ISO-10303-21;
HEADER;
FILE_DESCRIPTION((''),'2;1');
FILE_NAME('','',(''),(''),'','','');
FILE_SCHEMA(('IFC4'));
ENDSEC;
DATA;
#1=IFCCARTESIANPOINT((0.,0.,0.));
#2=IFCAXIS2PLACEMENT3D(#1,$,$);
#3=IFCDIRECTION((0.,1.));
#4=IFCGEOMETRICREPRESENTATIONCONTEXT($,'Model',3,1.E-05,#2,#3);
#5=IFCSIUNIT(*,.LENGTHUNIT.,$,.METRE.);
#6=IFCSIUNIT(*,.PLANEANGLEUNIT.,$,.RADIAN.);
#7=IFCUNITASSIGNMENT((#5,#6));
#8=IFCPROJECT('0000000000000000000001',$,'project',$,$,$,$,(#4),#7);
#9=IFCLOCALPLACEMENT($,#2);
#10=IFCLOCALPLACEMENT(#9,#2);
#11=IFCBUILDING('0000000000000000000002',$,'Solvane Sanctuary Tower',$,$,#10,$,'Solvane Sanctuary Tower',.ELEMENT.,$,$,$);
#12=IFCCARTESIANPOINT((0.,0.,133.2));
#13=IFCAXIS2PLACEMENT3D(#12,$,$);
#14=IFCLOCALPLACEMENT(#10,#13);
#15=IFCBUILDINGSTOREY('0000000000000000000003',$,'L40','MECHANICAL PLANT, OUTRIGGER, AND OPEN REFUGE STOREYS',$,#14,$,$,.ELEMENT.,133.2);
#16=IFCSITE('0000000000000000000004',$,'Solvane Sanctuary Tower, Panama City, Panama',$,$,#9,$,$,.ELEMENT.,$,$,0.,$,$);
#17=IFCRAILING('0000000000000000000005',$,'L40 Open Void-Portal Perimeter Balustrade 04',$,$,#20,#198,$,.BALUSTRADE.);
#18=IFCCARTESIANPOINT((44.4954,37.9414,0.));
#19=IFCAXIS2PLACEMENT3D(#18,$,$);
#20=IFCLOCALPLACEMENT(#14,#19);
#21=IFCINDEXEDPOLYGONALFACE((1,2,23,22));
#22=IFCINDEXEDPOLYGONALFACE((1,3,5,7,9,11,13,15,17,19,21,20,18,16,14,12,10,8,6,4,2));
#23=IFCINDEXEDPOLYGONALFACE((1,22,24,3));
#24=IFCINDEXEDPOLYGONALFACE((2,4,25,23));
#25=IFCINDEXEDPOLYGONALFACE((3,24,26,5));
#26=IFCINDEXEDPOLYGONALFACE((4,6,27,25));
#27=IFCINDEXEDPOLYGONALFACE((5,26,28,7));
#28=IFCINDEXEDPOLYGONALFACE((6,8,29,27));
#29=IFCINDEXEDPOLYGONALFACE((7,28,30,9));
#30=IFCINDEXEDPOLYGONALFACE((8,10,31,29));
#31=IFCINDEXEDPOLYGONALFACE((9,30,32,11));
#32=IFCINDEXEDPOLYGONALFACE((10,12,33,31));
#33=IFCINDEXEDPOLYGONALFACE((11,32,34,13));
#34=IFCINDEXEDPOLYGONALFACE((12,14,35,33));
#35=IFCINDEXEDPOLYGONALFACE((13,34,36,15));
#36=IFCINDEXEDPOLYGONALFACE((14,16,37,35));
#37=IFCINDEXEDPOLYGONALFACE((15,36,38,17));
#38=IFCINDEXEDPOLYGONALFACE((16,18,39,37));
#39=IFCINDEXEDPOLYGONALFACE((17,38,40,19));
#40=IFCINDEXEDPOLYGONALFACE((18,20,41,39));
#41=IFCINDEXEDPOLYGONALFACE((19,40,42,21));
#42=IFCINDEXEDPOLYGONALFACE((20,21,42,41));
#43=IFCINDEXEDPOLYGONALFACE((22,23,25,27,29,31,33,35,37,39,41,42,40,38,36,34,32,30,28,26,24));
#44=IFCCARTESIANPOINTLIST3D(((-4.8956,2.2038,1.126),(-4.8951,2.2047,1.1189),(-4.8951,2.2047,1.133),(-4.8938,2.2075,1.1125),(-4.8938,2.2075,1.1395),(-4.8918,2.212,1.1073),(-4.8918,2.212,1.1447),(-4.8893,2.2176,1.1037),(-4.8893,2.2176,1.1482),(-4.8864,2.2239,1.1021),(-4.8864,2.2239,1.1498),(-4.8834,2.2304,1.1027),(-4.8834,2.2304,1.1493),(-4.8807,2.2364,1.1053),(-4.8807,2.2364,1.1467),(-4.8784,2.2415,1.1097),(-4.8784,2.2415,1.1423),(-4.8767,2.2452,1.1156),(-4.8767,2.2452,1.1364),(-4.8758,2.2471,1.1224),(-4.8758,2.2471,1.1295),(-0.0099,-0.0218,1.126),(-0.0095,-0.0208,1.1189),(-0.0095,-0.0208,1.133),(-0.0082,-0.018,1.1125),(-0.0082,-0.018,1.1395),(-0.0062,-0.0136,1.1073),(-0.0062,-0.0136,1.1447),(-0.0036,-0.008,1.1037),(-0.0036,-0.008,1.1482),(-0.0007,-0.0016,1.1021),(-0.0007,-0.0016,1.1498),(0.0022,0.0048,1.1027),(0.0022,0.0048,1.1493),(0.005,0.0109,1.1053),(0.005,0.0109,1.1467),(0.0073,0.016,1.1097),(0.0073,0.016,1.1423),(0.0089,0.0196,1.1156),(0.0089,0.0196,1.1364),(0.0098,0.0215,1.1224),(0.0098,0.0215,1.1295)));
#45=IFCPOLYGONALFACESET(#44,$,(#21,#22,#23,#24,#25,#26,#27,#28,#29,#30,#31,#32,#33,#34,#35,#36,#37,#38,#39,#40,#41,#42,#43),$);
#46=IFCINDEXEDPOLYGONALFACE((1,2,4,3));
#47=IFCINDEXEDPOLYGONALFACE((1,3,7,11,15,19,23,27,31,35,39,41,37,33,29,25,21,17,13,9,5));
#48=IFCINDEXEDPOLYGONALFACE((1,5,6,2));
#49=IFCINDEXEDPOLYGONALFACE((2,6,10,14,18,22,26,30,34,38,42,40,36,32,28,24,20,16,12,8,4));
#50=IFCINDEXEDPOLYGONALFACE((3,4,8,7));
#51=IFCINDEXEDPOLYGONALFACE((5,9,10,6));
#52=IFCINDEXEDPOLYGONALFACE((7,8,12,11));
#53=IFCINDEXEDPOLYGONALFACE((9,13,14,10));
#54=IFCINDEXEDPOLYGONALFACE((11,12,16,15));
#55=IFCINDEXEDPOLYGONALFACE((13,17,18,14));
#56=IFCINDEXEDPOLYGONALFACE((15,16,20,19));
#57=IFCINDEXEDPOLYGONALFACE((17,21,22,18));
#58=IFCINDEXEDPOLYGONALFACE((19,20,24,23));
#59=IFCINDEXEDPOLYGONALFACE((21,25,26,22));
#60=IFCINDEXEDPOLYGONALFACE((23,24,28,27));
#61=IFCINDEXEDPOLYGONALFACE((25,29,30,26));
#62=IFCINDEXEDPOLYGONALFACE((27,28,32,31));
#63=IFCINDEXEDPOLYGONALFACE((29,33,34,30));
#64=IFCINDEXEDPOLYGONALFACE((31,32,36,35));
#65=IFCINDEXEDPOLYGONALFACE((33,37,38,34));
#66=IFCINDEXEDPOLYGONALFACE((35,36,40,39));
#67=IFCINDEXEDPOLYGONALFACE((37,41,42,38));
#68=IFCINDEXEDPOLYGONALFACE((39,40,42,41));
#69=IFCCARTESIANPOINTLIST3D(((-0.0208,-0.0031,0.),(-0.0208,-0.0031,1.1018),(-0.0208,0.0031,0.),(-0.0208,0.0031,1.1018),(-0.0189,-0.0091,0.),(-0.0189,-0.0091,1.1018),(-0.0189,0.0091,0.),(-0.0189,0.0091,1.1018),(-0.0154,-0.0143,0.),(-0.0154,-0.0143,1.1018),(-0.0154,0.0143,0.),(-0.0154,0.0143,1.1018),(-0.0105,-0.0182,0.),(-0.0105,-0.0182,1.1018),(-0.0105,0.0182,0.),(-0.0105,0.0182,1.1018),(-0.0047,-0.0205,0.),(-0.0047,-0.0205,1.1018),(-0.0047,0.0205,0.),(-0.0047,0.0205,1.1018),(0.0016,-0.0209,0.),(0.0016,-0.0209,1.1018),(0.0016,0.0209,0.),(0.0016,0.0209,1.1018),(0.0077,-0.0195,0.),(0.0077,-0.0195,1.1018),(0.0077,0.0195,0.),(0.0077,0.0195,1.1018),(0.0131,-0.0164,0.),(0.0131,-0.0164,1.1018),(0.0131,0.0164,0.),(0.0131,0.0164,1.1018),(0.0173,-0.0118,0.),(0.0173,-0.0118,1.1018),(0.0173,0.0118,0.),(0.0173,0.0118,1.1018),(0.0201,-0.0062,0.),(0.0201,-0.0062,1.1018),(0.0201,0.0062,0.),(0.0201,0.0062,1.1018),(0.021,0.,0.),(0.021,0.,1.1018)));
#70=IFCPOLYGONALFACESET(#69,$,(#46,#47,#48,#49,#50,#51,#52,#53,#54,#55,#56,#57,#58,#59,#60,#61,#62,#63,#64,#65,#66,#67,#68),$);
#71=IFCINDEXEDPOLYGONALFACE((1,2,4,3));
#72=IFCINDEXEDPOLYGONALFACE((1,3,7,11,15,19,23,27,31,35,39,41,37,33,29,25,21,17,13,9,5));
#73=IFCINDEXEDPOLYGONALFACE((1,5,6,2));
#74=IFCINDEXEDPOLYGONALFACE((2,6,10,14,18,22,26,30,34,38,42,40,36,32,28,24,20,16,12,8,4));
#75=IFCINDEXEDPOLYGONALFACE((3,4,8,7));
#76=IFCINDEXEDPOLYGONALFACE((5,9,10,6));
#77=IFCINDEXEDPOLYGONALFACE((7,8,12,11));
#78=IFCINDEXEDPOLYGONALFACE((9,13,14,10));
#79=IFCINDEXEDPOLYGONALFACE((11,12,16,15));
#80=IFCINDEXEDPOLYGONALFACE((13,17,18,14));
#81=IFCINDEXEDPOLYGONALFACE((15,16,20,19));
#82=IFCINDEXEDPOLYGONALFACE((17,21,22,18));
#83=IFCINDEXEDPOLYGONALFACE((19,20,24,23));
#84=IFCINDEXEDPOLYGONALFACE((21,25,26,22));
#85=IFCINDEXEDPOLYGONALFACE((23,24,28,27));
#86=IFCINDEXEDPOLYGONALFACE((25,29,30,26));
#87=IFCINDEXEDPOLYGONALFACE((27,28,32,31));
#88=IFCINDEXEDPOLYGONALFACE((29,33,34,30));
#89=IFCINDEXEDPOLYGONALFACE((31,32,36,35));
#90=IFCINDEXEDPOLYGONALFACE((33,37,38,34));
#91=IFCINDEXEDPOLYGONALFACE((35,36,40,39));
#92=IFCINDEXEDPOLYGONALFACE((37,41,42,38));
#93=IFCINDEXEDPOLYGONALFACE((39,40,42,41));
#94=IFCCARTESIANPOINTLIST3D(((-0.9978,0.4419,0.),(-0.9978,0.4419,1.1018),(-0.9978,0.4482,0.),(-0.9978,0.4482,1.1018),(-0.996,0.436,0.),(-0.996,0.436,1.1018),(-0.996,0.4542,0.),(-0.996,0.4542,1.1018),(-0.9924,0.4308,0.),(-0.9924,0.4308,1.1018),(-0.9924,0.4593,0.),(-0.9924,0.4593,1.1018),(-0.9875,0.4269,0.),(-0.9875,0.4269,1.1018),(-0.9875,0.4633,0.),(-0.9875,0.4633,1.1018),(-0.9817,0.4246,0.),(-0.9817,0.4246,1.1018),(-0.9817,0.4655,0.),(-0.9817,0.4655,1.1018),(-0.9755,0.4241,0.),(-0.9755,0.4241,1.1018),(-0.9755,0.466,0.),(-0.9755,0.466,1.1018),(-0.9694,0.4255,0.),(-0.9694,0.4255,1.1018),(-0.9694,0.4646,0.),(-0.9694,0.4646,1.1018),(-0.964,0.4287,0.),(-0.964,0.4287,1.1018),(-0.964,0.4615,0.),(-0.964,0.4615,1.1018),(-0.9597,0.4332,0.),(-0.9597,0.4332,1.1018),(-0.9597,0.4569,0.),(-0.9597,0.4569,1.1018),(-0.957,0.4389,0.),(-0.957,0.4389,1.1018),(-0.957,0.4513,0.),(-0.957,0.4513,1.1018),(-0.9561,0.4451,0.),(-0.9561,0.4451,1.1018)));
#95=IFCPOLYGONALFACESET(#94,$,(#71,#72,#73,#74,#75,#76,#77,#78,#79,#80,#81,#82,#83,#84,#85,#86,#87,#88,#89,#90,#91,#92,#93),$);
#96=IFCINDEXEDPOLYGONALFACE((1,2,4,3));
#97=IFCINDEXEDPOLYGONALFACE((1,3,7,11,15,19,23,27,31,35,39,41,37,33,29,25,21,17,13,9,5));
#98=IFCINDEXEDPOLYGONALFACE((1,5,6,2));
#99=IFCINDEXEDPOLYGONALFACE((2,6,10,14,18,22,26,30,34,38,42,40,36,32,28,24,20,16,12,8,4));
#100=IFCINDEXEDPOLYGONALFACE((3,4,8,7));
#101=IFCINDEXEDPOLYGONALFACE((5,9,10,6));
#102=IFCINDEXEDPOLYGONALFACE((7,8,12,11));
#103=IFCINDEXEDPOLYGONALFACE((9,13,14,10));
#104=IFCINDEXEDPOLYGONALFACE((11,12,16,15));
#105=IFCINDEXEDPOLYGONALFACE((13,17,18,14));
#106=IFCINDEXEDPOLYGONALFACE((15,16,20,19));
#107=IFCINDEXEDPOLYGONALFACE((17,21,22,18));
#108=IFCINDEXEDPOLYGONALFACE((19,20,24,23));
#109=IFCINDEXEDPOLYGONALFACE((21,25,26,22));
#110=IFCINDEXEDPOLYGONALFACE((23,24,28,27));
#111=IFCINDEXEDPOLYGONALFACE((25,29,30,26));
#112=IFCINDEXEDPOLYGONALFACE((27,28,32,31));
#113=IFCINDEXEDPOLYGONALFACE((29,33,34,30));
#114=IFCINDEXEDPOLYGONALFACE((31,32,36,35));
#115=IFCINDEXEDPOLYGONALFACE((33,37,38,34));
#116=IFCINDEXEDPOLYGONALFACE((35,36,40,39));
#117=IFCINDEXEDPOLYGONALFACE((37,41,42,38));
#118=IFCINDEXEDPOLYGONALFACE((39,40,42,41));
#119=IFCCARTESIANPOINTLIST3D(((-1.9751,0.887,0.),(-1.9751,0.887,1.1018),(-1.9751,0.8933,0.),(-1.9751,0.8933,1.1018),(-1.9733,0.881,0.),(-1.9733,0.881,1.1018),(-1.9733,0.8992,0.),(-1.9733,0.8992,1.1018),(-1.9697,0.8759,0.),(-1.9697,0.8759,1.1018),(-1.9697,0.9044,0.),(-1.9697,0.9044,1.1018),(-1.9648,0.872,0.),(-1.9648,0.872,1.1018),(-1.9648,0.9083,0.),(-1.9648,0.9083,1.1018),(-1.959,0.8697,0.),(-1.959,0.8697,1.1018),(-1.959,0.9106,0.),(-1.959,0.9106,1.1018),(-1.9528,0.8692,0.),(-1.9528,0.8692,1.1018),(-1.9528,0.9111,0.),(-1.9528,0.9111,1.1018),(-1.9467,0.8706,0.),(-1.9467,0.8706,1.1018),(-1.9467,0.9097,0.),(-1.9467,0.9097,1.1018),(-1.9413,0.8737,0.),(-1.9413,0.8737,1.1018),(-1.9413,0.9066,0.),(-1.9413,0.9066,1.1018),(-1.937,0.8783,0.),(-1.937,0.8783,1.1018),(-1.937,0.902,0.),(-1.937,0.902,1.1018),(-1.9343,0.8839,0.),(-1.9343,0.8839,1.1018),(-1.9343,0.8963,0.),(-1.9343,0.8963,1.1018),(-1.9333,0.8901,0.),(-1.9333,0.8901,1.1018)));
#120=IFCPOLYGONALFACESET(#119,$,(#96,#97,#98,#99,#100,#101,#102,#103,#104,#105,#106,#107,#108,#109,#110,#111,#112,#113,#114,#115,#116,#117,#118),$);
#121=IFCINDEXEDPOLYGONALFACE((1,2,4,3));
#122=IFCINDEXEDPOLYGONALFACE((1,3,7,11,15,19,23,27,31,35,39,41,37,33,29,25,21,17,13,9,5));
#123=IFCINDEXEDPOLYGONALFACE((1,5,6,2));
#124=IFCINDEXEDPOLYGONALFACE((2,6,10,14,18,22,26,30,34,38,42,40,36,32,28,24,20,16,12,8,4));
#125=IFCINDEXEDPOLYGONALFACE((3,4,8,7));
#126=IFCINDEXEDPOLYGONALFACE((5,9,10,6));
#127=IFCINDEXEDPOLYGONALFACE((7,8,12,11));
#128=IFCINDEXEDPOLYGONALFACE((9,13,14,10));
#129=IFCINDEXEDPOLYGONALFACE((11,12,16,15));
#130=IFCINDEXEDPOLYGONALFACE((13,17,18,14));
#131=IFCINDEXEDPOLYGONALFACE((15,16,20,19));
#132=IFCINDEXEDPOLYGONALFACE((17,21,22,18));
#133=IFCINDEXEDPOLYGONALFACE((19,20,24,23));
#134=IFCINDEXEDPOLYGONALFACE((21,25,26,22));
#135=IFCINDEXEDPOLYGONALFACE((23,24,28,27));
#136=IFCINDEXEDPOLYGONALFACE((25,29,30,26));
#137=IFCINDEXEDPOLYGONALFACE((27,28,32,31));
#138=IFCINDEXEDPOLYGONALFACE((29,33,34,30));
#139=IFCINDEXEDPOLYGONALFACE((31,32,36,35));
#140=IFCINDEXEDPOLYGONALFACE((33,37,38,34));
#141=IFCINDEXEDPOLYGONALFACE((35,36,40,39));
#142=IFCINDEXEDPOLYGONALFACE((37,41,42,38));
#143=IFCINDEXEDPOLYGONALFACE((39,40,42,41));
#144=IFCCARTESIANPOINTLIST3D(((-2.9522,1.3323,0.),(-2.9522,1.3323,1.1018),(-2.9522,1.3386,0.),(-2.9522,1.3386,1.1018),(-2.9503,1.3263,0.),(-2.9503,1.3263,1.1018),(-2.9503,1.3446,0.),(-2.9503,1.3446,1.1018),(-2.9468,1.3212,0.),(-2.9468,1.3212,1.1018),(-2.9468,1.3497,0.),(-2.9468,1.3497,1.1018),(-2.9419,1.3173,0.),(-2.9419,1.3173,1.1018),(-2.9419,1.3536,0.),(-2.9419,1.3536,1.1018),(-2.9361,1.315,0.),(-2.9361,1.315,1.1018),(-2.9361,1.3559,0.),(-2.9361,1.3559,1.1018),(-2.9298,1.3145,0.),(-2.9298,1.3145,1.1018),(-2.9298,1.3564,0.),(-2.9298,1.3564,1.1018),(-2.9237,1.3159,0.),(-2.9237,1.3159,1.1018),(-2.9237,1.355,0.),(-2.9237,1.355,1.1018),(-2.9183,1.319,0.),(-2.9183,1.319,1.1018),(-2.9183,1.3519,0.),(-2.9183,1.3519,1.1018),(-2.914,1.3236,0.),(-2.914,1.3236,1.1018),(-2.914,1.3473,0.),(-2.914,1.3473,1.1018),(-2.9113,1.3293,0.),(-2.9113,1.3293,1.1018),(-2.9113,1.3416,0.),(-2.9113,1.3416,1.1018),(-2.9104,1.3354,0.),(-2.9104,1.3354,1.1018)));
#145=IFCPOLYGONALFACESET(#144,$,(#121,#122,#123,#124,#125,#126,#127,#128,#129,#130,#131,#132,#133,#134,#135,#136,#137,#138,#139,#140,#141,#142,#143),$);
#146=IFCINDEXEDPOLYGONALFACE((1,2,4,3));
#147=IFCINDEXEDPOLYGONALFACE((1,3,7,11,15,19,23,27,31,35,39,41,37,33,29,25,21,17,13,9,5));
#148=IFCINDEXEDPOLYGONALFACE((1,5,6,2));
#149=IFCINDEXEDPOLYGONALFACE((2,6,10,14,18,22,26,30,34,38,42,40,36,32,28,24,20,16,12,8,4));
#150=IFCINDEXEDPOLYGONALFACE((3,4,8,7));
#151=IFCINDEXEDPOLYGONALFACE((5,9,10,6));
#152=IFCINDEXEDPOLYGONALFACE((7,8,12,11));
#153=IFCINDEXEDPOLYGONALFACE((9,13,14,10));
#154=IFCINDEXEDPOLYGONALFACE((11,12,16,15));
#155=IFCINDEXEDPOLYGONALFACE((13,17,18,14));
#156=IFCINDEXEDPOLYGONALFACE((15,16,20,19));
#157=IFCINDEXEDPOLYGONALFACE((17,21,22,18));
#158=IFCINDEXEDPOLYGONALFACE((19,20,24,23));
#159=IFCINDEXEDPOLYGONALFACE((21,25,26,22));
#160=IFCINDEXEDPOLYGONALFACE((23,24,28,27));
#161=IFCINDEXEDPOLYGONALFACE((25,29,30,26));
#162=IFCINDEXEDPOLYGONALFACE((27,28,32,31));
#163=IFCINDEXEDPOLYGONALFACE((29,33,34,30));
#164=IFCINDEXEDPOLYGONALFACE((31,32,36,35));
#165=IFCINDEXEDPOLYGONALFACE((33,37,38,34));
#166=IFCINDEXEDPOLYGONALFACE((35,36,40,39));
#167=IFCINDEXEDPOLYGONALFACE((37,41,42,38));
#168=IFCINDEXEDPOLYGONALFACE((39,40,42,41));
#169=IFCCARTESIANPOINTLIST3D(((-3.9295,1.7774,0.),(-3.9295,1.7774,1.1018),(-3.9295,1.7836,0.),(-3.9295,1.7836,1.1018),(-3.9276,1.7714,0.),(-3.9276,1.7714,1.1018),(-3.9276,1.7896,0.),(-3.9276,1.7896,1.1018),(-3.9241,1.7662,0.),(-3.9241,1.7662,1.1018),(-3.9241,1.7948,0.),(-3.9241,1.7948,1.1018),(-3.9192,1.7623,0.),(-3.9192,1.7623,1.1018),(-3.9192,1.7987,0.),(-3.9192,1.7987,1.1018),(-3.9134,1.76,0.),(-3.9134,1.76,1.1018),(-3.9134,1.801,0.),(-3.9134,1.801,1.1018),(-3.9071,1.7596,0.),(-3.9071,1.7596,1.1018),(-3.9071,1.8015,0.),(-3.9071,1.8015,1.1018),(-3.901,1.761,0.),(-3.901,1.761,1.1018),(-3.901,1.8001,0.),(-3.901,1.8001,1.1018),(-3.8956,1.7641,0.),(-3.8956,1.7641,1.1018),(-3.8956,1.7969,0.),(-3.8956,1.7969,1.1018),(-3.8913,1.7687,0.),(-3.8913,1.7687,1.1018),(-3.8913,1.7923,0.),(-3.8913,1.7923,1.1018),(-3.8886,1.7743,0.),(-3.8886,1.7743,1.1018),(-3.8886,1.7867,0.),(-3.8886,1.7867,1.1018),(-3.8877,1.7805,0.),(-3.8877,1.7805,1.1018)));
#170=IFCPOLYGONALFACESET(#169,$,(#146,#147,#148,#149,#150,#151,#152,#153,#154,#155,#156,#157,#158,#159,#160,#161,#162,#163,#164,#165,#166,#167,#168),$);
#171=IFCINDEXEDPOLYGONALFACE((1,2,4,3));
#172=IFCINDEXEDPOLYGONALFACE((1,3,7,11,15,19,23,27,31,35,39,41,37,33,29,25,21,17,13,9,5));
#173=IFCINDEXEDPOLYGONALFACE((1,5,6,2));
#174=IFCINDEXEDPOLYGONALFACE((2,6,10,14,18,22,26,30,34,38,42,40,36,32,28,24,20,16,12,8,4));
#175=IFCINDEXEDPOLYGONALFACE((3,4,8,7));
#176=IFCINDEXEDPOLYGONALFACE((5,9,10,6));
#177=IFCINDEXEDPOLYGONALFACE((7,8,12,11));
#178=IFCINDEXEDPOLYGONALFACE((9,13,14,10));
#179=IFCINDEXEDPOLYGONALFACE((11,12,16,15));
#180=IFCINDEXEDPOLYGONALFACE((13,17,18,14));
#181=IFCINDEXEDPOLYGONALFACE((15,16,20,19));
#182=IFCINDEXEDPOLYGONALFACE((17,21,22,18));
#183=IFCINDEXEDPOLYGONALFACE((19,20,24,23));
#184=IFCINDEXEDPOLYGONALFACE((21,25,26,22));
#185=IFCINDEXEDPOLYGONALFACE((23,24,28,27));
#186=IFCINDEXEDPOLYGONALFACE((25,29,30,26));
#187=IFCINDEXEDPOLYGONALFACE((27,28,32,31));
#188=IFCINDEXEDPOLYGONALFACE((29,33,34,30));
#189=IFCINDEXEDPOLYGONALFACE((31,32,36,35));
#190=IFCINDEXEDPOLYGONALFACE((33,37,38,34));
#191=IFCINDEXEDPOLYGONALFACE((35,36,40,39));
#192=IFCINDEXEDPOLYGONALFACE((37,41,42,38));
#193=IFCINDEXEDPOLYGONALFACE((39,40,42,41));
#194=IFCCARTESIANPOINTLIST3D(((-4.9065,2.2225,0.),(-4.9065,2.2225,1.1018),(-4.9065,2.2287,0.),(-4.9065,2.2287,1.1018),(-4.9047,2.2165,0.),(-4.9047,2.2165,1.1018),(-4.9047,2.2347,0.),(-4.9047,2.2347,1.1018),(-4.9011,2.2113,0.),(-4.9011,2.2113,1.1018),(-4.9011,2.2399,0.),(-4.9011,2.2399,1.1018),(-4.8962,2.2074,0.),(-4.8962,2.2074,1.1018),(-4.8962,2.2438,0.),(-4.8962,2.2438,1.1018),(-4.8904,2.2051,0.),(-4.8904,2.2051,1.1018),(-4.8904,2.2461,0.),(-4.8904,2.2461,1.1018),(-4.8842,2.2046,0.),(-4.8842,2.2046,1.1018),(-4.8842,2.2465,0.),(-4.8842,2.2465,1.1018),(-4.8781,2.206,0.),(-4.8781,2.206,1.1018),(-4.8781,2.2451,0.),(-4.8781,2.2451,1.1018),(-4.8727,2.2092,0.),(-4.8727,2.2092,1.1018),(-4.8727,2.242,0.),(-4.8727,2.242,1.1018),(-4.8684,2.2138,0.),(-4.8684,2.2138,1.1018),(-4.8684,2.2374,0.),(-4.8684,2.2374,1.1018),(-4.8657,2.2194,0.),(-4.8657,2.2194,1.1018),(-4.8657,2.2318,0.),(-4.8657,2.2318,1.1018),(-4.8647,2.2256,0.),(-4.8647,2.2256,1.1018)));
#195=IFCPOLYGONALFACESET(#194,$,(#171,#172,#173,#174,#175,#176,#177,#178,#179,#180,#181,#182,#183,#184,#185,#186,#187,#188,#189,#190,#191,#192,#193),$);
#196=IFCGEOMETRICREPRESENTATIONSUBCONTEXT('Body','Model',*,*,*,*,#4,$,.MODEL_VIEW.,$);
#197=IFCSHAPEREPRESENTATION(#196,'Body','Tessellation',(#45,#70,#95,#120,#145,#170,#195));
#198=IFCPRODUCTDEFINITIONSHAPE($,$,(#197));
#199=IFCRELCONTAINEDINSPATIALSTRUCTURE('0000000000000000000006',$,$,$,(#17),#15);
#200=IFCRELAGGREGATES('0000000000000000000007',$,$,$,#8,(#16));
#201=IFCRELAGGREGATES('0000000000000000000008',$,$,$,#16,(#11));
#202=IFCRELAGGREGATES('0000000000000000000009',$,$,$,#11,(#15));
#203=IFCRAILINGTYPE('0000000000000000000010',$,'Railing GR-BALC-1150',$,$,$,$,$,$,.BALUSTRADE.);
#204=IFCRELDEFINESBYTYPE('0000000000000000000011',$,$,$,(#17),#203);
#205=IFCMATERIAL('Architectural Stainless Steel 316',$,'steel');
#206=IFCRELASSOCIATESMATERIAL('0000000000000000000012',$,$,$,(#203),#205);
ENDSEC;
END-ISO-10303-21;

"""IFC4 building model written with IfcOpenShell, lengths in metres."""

from ifc_helpers import new_model, si_unit, direction, frame, origin, origin_2d, place, context, subcontext, project, spatial, circle, extrude, material, type_object, element, save


model = new_model("IFC4")

# Units and contexts
model_context = context("Model", 3, precision=1e-05, world=origin(), true_north=direction((0.0, 1.0)))
body_context = subcontext(model_context, "Body", "Model", "MODEL_VIEW")
ifc_project = project(units=[si_unit("LENGTHUNIT", "METRE"), si_unit("PLANEANGLEUNIT", "RADIAN")], contexts=[model_context])

# Site, building, storey
site_placement = place(None, origin())
site = spatial("IfcSite", under=ifc_project, at=site_placement, Name="Solvane Sanctuary Tower, Panama City, Panama", CompositionType="ELEMENT", RefElevation=0.0)
building_placement = place(site_placement, origin())
building = spatial("IfcBuilding", under=site, at=building_placement, Name="Solvane Sanctuary Tower", LongName="Solvane Sanctuary Tower", CompositionType="ELEMENT")
storey_placement = place(building_placement, frame((0.0, 0.0, 133.2)))
storey = spatial("IfcBuildingStorey", under=building, at=storey_placement, Name="L40", Description="MECHANICAL PLANT, OUTRIGGER, AND OPEN REFUGE STOREYS", CompositionType="ELEMENT", Elevation=133.2)

# Shared definitions
ifc_material_1 = material(Name="Architectural Stainless Steel 316", Category="steel")

# Railing
railing_type_1 = type_object("IfcRailingType", Name="Railing GR-BALC-1150", PredefinedType="BALUSTRADE", material=ifc_material_1)
railing_1_placement = place(storey_placement, frame((44.4954, 37.9414, 0.0)))
element("IfcRailing", 1, at=railing_1_placement, inside=storey, type_object=railing_type_1, Name="L40 Open Void-Portal Perimeter Balustrade 04", PredefinedType="BALUSTRADE", context=body_context, shape_type="SweptSolid", body=[
    extrude(circle(Radius=0.0239, at=origin_2d()), frame((0.0, 0.0, 1.126), z_axis=(-0.91003, 0.414543, 0.0), x_axis=(-0.414543, -0.91003, 0.0)), (0.0, 0.0, 1.0), 5.3687),
    extrude(circle(Radius=0.021, at=origin_2d()), origin(), (0.0, 0.0, 1.0), 1.1018),
    extrude(circle(Radius=0.021, at=origin_2d()), frame((-0.9771, 0.4451, 0.0)), (0.0, 0.0, 1.0), 1.1018),
    extrude(circle(Radius=0.021, at=origin_2d()), frame((-1.9543, 0.8901, 0.0)), (0.0, 0.0, 1.0), 1.1018),
    extrude(circle(Radius=0.021, at=origin_2d()), frame((-2.9314, 1.3354, 0.0)), (0.0, 0.0, 1.0), 1.1018),
    extrude(circle(Radius=0.021, at=origin_2d()), frame((-3.9087, 1.7805, 0.0)), (0.0, 0.0, 1.0), 1.1018),
    extrude(circle(Radius=0.021, at=origin_2d()), frame((-4.8857, 2.2256, 0.0)), (0.0, 0.0, 1.0), 1.1018),
])

save(model, "model.ifc")
